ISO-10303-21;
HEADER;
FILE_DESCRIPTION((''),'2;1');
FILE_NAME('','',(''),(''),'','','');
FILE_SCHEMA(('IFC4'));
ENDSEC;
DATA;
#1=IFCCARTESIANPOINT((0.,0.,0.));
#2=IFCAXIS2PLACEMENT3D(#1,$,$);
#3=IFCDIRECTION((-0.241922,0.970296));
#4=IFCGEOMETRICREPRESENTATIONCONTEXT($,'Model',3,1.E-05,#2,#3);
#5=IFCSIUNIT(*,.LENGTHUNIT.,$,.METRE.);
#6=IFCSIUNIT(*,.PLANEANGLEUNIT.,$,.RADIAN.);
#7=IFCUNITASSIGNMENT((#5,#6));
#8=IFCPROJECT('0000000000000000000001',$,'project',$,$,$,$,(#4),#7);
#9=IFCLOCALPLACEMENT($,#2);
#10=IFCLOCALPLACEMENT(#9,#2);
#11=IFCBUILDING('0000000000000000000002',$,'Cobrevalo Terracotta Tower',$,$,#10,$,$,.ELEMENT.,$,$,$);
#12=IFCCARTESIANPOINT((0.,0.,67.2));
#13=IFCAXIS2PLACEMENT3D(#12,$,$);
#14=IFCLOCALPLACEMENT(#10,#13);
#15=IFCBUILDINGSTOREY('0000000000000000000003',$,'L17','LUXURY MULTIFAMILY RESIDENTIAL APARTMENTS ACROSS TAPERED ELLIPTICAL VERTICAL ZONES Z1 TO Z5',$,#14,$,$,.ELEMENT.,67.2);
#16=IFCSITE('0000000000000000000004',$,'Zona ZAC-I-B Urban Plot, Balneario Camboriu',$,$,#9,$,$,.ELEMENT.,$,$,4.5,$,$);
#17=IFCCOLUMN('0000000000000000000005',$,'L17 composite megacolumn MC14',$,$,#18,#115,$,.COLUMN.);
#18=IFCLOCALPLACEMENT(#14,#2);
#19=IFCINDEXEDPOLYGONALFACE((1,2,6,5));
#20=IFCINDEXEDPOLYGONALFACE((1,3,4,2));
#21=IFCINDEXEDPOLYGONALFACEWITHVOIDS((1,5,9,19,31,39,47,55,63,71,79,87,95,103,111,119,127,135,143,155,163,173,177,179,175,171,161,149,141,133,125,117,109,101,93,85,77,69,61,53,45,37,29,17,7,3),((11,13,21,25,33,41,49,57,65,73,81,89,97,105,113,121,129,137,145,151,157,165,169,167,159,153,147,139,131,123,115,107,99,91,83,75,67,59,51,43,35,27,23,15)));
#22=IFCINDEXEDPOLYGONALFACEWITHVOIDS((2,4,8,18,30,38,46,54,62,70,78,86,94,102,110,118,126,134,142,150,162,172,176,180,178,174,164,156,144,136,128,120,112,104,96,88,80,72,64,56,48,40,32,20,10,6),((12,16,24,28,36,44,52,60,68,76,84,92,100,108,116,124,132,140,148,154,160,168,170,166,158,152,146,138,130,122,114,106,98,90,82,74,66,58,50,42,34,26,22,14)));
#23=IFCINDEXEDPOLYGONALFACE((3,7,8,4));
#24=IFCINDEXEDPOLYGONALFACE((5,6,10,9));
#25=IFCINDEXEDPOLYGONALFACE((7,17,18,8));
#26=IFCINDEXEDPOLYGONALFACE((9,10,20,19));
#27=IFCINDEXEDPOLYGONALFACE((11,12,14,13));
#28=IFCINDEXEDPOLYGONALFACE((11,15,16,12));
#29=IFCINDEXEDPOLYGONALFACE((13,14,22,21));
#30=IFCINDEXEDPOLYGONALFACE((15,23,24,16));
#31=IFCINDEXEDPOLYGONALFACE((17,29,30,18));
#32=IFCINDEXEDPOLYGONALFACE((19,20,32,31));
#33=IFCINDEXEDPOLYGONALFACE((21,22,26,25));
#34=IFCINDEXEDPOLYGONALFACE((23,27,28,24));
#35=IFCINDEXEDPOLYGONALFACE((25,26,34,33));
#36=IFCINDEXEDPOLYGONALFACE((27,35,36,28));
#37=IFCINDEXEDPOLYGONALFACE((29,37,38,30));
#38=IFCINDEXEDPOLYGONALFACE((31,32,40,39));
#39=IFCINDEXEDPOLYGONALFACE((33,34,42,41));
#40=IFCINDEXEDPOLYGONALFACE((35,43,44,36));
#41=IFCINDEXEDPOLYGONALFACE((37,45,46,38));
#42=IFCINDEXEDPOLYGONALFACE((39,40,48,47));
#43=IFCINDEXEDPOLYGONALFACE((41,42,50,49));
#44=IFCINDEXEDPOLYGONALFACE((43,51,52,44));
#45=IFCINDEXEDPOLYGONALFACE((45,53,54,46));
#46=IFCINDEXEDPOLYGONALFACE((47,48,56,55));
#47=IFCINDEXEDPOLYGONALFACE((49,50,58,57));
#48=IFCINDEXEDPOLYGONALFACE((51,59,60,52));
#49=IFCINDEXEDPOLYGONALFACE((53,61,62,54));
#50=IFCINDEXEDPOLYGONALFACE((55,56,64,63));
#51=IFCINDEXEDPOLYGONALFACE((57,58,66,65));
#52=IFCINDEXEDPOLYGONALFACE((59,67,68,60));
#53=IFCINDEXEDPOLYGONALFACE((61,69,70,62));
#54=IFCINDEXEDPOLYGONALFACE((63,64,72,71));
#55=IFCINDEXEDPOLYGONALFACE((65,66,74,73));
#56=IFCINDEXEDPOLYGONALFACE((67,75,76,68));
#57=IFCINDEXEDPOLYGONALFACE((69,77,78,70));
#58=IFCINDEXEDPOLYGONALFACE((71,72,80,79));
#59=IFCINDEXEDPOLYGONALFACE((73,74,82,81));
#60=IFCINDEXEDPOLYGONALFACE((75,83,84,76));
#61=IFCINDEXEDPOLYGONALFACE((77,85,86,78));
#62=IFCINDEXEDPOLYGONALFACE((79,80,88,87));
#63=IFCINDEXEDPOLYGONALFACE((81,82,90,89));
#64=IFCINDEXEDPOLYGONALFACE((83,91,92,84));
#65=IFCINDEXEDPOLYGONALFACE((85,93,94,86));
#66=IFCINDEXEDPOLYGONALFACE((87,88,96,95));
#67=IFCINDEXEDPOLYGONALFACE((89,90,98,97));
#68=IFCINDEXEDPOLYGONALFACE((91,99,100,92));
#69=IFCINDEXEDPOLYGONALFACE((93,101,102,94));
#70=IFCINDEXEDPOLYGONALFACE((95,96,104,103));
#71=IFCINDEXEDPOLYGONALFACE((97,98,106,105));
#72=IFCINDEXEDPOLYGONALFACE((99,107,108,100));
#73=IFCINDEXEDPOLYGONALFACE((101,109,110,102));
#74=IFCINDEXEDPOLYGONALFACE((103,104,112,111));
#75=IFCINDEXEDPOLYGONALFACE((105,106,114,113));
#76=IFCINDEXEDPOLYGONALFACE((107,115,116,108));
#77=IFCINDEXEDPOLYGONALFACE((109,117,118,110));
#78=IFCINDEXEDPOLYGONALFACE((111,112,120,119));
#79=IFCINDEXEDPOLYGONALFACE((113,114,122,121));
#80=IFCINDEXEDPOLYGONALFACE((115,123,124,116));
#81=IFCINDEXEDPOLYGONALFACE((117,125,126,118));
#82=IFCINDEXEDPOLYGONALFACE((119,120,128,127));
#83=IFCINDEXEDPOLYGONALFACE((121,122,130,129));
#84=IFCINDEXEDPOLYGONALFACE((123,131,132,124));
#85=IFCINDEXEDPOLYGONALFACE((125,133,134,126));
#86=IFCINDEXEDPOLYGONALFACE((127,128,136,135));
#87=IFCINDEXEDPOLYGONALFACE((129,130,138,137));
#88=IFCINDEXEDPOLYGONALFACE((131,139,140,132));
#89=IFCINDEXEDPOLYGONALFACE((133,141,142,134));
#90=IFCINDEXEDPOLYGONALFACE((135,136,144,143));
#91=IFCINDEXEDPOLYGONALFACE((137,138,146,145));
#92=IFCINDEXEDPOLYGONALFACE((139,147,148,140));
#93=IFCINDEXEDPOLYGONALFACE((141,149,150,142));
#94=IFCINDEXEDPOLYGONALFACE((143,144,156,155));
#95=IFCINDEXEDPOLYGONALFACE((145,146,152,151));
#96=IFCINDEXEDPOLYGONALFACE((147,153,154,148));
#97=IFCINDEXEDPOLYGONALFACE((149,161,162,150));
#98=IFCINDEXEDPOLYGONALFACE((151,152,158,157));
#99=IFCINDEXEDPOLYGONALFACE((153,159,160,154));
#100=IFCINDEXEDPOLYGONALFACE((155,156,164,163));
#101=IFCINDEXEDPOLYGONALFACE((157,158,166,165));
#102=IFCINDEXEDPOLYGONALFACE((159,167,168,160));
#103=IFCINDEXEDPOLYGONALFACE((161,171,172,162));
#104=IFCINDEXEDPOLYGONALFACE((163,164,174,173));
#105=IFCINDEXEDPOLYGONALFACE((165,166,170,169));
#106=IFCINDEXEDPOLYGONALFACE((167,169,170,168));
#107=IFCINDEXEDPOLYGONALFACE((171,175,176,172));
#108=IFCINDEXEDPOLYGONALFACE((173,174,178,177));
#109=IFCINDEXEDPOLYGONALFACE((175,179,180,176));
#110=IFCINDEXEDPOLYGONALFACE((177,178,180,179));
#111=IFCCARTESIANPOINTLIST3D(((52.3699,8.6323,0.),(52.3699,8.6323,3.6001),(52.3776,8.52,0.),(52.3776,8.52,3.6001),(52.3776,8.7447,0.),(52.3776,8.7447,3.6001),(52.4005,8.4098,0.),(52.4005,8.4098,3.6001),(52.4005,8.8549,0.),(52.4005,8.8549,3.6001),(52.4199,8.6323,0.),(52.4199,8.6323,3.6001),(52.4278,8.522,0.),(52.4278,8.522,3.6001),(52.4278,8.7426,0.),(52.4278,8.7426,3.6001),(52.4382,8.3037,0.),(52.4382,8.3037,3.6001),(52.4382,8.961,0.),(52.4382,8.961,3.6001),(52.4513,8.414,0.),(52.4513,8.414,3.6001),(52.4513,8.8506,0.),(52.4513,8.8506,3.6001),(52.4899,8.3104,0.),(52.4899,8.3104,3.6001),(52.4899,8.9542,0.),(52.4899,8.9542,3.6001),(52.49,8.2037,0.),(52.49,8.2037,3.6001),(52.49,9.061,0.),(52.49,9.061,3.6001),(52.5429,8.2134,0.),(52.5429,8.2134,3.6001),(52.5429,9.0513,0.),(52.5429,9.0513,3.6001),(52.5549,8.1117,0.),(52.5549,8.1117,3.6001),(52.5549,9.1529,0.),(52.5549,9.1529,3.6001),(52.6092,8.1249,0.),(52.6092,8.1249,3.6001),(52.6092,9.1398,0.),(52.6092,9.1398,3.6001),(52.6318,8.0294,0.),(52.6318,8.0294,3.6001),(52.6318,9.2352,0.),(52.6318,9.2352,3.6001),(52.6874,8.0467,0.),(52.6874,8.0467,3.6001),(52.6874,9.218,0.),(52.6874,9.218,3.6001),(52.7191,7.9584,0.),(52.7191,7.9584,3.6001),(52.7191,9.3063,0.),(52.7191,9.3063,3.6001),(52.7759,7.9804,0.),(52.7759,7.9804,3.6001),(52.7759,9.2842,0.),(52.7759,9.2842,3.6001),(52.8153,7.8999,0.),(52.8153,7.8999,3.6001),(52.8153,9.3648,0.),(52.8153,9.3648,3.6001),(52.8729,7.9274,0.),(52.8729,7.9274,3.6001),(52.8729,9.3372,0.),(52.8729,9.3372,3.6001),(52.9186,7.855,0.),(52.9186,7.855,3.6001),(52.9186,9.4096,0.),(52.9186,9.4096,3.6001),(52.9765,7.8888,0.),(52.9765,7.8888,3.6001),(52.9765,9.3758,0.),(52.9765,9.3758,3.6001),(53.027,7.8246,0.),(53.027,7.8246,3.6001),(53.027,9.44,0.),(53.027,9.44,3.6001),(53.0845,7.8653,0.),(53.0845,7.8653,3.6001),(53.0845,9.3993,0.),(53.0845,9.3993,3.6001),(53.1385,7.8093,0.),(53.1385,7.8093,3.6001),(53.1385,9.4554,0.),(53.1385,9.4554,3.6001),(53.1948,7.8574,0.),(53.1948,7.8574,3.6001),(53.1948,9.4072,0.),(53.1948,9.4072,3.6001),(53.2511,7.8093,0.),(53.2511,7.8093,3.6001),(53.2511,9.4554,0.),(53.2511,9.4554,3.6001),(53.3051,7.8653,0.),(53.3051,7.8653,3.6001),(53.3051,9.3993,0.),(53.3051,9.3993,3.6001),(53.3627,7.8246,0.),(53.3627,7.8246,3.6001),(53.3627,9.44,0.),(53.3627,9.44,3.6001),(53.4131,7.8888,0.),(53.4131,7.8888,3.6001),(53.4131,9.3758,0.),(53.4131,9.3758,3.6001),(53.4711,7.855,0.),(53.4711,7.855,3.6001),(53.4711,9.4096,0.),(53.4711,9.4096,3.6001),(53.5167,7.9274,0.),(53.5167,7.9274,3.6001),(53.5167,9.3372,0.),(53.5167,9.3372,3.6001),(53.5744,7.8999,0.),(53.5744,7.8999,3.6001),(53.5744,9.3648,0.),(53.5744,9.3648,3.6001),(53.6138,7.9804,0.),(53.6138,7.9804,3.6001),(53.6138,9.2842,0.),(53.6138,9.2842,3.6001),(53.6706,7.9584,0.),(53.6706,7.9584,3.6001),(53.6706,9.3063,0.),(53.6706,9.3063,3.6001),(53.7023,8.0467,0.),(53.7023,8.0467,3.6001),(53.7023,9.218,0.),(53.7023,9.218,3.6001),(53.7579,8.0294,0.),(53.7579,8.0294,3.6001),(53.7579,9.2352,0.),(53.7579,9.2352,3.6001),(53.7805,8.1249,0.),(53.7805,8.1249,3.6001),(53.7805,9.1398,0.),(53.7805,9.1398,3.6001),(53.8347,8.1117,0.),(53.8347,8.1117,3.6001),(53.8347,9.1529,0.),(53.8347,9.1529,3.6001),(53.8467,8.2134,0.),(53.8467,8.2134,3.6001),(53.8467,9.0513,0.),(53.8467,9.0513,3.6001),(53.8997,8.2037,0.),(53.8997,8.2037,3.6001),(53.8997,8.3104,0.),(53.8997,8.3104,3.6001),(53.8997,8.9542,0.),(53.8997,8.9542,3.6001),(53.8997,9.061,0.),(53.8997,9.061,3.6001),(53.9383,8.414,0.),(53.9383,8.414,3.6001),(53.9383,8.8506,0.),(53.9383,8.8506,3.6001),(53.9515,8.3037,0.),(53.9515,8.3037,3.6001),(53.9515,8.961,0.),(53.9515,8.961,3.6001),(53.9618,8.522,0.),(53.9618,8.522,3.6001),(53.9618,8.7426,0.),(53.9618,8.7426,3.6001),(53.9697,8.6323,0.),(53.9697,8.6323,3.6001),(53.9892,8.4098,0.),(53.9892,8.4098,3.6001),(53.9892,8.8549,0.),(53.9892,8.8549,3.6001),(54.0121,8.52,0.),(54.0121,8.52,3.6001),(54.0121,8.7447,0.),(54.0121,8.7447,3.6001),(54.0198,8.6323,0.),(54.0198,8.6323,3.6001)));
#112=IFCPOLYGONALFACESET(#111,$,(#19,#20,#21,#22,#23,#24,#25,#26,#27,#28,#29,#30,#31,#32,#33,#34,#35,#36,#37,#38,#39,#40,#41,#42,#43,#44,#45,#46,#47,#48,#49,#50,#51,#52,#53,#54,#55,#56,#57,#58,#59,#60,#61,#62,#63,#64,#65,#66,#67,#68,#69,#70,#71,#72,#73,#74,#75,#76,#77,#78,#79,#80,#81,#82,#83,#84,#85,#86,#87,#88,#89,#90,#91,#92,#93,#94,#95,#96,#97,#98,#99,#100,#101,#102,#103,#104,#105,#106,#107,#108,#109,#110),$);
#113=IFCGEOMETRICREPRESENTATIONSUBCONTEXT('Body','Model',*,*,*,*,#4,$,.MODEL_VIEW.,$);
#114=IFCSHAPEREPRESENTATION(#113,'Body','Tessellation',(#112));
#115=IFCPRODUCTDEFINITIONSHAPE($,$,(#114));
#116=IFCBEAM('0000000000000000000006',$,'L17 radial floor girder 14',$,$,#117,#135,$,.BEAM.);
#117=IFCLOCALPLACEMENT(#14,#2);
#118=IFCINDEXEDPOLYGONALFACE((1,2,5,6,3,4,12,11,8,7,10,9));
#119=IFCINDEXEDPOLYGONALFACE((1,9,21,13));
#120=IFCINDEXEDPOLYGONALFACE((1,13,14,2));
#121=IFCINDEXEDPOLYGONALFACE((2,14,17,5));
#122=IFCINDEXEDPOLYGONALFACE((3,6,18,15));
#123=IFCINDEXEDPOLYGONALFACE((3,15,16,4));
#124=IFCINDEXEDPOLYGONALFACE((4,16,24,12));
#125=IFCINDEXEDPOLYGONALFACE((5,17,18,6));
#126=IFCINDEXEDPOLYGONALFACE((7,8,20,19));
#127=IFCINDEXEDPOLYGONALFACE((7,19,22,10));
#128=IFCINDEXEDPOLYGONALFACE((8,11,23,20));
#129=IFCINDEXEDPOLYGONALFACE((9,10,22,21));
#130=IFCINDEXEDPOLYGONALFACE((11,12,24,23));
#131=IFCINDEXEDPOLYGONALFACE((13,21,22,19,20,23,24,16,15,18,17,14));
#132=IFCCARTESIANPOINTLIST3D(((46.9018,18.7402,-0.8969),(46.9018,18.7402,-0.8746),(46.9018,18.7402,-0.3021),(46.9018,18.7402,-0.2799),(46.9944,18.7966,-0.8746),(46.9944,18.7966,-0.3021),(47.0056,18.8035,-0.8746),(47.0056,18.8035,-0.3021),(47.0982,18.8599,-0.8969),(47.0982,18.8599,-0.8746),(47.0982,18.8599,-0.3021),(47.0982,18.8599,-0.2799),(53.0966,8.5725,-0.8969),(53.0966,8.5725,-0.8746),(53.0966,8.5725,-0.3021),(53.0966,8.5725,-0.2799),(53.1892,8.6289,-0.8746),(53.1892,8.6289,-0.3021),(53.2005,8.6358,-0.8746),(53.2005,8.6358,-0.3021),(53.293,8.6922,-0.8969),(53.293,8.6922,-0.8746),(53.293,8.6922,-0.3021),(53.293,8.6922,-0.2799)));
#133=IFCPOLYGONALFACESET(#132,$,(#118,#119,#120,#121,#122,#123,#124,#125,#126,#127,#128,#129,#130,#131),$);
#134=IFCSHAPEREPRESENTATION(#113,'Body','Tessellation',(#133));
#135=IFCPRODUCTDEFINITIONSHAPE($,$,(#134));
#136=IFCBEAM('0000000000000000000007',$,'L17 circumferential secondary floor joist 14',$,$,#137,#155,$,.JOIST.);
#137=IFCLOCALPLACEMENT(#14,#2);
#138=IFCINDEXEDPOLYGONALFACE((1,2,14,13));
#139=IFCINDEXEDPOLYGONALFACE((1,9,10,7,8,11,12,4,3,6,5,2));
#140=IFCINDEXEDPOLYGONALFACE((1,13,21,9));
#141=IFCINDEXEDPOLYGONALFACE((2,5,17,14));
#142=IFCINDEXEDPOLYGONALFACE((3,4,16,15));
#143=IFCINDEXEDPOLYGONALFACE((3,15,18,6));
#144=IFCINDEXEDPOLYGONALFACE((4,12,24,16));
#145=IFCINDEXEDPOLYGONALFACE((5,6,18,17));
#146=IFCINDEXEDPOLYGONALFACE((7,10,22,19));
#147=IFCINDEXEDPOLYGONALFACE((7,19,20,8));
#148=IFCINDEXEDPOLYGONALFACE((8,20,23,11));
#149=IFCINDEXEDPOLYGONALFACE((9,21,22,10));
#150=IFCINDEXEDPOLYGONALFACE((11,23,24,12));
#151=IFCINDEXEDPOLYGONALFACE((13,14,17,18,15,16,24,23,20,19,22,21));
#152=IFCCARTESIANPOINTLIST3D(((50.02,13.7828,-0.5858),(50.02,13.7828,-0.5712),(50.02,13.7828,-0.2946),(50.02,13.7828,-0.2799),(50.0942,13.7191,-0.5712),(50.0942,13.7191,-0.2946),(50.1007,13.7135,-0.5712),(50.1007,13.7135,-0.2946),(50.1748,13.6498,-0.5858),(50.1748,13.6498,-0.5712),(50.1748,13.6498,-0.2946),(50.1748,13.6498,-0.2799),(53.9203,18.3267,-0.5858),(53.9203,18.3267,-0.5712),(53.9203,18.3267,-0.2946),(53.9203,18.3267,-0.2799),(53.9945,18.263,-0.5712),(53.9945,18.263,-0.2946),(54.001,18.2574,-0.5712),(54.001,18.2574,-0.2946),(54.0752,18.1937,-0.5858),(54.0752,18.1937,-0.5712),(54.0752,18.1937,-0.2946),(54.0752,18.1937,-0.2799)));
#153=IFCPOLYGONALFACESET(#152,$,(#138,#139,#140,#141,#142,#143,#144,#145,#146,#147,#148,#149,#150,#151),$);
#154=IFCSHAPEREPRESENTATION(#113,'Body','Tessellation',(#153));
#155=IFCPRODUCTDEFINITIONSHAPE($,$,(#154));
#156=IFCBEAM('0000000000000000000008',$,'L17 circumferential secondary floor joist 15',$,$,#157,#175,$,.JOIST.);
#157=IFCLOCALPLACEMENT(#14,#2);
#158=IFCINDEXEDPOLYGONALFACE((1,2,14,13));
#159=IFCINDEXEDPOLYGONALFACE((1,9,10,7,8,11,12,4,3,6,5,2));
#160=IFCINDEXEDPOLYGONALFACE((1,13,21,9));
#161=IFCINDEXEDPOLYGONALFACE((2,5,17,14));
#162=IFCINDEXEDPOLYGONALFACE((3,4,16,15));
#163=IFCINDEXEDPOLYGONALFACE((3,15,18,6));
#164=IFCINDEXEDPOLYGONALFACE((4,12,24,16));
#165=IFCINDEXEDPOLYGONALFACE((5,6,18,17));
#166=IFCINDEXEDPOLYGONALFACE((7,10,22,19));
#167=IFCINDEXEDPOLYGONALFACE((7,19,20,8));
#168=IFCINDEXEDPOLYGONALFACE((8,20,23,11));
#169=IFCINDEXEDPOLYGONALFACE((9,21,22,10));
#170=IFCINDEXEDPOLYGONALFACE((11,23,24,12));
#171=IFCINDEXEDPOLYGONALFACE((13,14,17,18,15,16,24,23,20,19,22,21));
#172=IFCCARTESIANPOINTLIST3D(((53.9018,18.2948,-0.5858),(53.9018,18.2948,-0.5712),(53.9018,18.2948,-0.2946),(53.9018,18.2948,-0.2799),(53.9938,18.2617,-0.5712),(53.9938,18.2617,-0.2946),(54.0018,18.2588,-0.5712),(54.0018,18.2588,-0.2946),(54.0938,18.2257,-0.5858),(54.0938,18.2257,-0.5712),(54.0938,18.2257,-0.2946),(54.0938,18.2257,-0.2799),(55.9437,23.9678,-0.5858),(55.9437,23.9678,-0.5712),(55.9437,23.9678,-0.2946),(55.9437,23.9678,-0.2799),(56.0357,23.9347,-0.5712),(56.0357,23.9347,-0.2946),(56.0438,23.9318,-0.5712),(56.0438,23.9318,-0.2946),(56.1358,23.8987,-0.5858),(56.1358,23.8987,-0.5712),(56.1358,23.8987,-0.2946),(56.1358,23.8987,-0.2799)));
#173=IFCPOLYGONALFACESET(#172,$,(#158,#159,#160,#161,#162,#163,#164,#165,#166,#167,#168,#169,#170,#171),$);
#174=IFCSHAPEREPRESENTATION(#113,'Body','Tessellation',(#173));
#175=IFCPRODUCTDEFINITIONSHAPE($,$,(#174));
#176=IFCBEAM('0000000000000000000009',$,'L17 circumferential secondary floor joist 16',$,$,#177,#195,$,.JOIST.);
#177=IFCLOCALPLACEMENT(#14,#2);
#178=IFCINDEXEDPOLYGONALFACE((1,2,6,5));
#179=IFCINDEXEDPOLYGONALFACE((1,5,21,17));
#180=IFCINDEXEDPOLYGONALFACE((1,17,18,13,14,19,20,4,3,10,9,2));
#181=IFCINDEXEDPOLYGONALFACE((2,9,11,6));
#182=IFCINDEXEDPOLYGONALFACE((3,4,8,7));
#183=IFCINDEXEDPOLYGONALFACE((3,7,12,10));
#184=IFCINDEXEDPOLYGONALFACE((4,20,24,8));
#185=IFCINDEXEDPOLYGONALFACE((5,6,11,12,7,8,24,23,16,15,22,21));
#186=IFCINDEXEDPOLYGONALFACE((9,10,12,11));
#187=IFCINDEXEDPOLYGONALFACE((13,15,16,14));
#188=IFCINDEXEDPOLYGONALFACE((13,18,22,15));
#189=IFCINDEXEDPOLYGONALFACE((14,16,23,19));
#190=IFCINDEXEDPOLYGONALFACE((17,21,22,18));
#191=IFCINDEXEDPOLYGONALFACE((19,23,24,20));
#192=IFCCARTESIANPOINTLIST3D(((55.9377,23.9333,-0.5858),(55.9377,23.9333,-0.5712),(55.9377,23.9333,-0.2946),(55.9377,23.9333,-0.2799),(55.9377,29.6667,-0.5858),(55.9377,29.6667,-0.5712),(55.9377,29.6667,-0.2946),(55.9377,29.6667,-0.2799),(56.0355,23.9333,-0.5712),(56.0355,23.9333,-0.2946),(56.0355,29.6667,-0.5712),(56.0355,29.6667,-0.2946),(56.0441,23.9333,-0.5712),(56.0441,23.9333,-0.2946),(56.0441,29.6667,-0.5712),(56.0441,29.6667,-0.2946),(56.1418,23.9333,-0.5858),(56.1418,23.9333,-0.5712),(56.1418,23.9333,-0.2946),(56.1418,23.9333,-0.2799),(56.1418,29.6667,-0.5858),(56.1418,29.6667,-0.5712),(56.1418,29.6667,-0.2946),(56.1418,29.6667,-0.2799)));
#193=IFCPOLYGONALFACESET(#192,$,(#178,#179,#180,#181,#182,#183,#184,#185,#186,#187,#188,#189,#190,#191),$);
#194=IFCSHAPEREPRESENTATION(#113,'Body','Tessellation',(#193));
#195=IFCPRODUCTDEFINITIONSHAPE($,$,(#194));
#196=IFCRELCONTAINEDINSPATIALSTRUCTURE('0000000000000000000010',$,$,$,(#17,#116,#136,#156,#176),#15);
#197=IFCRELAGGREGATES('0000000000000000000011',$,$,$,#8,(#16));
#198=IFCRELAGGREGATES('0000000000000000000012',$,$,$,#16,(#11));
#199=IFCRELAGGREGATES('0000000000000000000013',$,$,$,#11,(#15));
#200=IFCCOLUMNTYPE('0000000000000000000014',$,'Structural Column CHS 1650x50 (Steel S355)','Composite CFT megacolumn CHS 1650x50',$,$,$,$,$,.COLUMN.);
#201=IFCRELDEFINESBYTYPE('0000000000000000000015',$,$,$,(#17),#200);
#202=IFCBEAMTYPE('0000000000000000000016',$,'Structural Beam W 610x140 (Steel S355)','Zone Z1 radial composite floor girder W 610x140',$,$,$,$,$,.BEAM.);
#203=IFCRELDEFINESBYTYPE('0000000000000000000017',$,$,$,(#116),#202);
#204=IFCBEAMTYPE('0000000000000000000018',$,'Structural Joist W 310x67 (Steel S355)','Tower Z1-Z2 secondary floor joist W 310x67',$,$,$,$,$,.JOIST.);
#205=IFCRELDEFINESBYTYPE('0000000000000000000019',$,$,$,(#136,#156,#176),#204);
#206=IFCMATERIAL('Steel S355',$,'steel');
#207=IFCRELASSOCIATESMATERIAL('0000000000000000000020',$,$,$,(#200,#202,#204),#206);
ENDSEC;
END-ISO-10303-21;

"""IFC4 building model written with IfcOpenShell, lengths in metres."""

from ifc_helpers import new_model, si_unit, direction, frame, origin, origin_2d, place, context, subcontext, project, spatial, hollow_circle, i_section, extrude, material, material_profile, profile_set, type_object, element, save


model = new_model("IFC4")

# Units and contexts
model_context = context("Model", 3, precision=1e-05, world=origin(), true_north=direction((-0.241922, 0.970296)))
body_context = subcontext(model_context, "Body", "Model", "MODEL_VIEW")
ifc_project = project(units=[si_unit("LENGTHUNIT", "METRE"), si_unit("PLANEANGLEUNIT", "RADIAN")], contexts=[model_context])

# Site, building, storey
site_placement = place(None, origin())
site = spatial("IfcSite", under=ifc_project, at=site_placement, Name="Zona ZAC-I-B Urban Plot, Balneario Camboriu", CompositionType="ELEMENT", RefElevation=4.5)
building_placement = place(site_placement, origin())
building = spatial("IfcBuilding", under=site, at=building_placement, Name="Cobrevalo Terracotta Tower", CompositionType="ELEMENT")
storey_placement = place(building_placement, frame((0.0, 0.0, 67.2)))
storey = spatial("IfcBuildingStorey", under=building, at=storey_placement, Name="L17", Description="LUXURY MULTIFAMILY RESIDENTIAL APARTMENTS ACROSS TAPERED ELLIPTICAL VERTICAL ZONES Z1 TO Z5", CompositionType="ELEMENT", Elevation=67.2)

# Column
ifc_material_1 = material(Name="Steel S355", Category="steel")
ifc_material_profile_1 = material_profile(ifc_material_1, hollow_circle(Radius=0.825, WallThickness=0.05, at=origin_2d()), Name="CHS 1650x50")
ifc_profile_set_1 = profile_set([ifc_material_profile_1], Name="Steel S355")
column_type = type_object("IfcColumnType", Name="Structural Column CHS 1650x50 (Steel S355)", Description="Composite CFT megacolumn CHS 1650x50", PredefinedType="COLUMN", material=ifc_profile_set_1)
column_placement = place(storey_placement, frame((53.1948, 8.6323, 0.0), z_axis=(0.0, 0.0, 1.0), x_axis=(1.0, 0.0, 0.0)))
element("IfcColumn", 1, at=column_placement, inside=storey, type_object=column_type, Name="L17 composite megacolumn MC14", PredefinedType="COLUMN", context=body_context, shape_type="SweptSolid", body=[
    extrude(hollow_circle(Radius=0.825, WallThickness=0.05, at=origin_2d()), origin(), (0.0, 0.0, 1.0), 3.6001),
])

# Beams
ifc_material_profile_2 = material_profile(ifc_material_1, i_section(OverallWidth=0.23, OverallDepth=0.6169, WebThickness=0.0132, FlangeThickness=0.0222, at=origin_2d()), Name="W 610x140")
ifc_profile_set_2 = profile_set([ifc_material_profile_2], Name="Steel S355")
beam_type_1 = type_object("IfcBeamType", Name="Structural Beam W 610x140 (Steel S355)", Description="Zone Z1 radial composite floor girder W 610x140", PredefinedType="BEAM", material=ifc_profile_set_2)
beam_1_placement = place(storey_placement, frame((53.1948, 8.6323, -0.5884), z_axis=(-0.520301, 0.853983, 0.0), x_axis=(-0.853983, -0.520301, 0.0)))
element("IfcBeam", 2, at=beam_1_placement, inside=storey, type_object=beam_type_1, Name="L17 radial floor girder 14", PredefinedType="BEAM", context=body_context, shape_type="SweptSolid", body=[
    extrude(i_section(OverallWidth=0.23, OverallDepth=0.6169, WebThickness=0.0132, FlangeThickness=0.0222, at=origin_2d()), origin(), (0.0, 0.0, 1.0), 11.9062),
])
ifc_material_profile_3 = material_profile(ifc_material_1, i_section(OverallWidth=0.2041, OverallDepth=0.3059, WebThickness=0.0085, FlangeThickness=0.0146, at=origin_2d()), Name="W 310x67")
ifc_profile_set_3 = profile_set([ifc_material_profile_3], Name="Steel S355")
beam_type_2 = type_object("IfcBeamType", Name="Structural Joist W 310x67 (Steel S355)", Description="Tower Z1-Z2 secondary floor joist W 310x67", PredefinedType="JOIST", material=ifc_profile_set_3)
beam_2_placement = place(storey_placement, frame((50.0974, 13.7163, -0.4329), z_axis=(0.651328, 0.758796, 0.0), x_axis=(-0.758796, 0.651328, 0.0)))
element("IfcBeam", 3, at=beam_2_placement, inside=storey, type_object=beam_type_2, Name="L17 circumferential secondary floor joist 14", PredefinedType="JOIST", context=body_context, shape_type="SweptSolid", body=[
    extrude(i_section(OverallWidth=0.2041, OverallDepth=0.3059, WebThickness=0.0085, FlangeThickness=0.0146, at=origin_2d()), origin(), (0.0, 0.0, 1.0), 5.9883),
])
beam_3_placement = place(storey_placement, frame((53.9978, 18.2603, -0.4329), z_axis=(0.338672, 0.940904, 0.0), x_axis=(-0.940904, 0.338672, 0.0)))
element("IfcBeam", 4, at=beam_3_placement, inside=storey, type_object=beam_type_2, Name="L17 circumferential secondary floor joist 15", PredefinedType="JOIST", context=body_context, shape_type="SweptSolid", body=[
    extrude(i_section(OverallWidth=0.2041, OverallDepth=0.3059, WebThickness=0.0085, FlangeThickness=0.0146, at=origin_2d()), origin(), (0.0, 0.0, 1.0), 6.0293),
])
beam_4_placement = place(storey_placement, frame((56.0398, 23.9333, -0.4329), z_axis=(0.0, 1.0, 0.0), x_axis=(-1.0, 0.0, 0.0)))
element("IfcBeam", 5, at=beam_4_placement, inside=storey, type_object=beam_type_2, Name="L17 circumferential secondary floor joist 16", PredefinedType="JOIST", context=body_context, shape_type="SweptSolid", body=[
    extrude(i_section(OverallWidth=0.2041, OverallDepth=0.3059, WebThickness=0.0085, FlangeThickness=0.0146, at=origin_2d()), origin(), (0.0, 0.0, 1.0), 5.7334),
])

save(model, "model.ifc")
